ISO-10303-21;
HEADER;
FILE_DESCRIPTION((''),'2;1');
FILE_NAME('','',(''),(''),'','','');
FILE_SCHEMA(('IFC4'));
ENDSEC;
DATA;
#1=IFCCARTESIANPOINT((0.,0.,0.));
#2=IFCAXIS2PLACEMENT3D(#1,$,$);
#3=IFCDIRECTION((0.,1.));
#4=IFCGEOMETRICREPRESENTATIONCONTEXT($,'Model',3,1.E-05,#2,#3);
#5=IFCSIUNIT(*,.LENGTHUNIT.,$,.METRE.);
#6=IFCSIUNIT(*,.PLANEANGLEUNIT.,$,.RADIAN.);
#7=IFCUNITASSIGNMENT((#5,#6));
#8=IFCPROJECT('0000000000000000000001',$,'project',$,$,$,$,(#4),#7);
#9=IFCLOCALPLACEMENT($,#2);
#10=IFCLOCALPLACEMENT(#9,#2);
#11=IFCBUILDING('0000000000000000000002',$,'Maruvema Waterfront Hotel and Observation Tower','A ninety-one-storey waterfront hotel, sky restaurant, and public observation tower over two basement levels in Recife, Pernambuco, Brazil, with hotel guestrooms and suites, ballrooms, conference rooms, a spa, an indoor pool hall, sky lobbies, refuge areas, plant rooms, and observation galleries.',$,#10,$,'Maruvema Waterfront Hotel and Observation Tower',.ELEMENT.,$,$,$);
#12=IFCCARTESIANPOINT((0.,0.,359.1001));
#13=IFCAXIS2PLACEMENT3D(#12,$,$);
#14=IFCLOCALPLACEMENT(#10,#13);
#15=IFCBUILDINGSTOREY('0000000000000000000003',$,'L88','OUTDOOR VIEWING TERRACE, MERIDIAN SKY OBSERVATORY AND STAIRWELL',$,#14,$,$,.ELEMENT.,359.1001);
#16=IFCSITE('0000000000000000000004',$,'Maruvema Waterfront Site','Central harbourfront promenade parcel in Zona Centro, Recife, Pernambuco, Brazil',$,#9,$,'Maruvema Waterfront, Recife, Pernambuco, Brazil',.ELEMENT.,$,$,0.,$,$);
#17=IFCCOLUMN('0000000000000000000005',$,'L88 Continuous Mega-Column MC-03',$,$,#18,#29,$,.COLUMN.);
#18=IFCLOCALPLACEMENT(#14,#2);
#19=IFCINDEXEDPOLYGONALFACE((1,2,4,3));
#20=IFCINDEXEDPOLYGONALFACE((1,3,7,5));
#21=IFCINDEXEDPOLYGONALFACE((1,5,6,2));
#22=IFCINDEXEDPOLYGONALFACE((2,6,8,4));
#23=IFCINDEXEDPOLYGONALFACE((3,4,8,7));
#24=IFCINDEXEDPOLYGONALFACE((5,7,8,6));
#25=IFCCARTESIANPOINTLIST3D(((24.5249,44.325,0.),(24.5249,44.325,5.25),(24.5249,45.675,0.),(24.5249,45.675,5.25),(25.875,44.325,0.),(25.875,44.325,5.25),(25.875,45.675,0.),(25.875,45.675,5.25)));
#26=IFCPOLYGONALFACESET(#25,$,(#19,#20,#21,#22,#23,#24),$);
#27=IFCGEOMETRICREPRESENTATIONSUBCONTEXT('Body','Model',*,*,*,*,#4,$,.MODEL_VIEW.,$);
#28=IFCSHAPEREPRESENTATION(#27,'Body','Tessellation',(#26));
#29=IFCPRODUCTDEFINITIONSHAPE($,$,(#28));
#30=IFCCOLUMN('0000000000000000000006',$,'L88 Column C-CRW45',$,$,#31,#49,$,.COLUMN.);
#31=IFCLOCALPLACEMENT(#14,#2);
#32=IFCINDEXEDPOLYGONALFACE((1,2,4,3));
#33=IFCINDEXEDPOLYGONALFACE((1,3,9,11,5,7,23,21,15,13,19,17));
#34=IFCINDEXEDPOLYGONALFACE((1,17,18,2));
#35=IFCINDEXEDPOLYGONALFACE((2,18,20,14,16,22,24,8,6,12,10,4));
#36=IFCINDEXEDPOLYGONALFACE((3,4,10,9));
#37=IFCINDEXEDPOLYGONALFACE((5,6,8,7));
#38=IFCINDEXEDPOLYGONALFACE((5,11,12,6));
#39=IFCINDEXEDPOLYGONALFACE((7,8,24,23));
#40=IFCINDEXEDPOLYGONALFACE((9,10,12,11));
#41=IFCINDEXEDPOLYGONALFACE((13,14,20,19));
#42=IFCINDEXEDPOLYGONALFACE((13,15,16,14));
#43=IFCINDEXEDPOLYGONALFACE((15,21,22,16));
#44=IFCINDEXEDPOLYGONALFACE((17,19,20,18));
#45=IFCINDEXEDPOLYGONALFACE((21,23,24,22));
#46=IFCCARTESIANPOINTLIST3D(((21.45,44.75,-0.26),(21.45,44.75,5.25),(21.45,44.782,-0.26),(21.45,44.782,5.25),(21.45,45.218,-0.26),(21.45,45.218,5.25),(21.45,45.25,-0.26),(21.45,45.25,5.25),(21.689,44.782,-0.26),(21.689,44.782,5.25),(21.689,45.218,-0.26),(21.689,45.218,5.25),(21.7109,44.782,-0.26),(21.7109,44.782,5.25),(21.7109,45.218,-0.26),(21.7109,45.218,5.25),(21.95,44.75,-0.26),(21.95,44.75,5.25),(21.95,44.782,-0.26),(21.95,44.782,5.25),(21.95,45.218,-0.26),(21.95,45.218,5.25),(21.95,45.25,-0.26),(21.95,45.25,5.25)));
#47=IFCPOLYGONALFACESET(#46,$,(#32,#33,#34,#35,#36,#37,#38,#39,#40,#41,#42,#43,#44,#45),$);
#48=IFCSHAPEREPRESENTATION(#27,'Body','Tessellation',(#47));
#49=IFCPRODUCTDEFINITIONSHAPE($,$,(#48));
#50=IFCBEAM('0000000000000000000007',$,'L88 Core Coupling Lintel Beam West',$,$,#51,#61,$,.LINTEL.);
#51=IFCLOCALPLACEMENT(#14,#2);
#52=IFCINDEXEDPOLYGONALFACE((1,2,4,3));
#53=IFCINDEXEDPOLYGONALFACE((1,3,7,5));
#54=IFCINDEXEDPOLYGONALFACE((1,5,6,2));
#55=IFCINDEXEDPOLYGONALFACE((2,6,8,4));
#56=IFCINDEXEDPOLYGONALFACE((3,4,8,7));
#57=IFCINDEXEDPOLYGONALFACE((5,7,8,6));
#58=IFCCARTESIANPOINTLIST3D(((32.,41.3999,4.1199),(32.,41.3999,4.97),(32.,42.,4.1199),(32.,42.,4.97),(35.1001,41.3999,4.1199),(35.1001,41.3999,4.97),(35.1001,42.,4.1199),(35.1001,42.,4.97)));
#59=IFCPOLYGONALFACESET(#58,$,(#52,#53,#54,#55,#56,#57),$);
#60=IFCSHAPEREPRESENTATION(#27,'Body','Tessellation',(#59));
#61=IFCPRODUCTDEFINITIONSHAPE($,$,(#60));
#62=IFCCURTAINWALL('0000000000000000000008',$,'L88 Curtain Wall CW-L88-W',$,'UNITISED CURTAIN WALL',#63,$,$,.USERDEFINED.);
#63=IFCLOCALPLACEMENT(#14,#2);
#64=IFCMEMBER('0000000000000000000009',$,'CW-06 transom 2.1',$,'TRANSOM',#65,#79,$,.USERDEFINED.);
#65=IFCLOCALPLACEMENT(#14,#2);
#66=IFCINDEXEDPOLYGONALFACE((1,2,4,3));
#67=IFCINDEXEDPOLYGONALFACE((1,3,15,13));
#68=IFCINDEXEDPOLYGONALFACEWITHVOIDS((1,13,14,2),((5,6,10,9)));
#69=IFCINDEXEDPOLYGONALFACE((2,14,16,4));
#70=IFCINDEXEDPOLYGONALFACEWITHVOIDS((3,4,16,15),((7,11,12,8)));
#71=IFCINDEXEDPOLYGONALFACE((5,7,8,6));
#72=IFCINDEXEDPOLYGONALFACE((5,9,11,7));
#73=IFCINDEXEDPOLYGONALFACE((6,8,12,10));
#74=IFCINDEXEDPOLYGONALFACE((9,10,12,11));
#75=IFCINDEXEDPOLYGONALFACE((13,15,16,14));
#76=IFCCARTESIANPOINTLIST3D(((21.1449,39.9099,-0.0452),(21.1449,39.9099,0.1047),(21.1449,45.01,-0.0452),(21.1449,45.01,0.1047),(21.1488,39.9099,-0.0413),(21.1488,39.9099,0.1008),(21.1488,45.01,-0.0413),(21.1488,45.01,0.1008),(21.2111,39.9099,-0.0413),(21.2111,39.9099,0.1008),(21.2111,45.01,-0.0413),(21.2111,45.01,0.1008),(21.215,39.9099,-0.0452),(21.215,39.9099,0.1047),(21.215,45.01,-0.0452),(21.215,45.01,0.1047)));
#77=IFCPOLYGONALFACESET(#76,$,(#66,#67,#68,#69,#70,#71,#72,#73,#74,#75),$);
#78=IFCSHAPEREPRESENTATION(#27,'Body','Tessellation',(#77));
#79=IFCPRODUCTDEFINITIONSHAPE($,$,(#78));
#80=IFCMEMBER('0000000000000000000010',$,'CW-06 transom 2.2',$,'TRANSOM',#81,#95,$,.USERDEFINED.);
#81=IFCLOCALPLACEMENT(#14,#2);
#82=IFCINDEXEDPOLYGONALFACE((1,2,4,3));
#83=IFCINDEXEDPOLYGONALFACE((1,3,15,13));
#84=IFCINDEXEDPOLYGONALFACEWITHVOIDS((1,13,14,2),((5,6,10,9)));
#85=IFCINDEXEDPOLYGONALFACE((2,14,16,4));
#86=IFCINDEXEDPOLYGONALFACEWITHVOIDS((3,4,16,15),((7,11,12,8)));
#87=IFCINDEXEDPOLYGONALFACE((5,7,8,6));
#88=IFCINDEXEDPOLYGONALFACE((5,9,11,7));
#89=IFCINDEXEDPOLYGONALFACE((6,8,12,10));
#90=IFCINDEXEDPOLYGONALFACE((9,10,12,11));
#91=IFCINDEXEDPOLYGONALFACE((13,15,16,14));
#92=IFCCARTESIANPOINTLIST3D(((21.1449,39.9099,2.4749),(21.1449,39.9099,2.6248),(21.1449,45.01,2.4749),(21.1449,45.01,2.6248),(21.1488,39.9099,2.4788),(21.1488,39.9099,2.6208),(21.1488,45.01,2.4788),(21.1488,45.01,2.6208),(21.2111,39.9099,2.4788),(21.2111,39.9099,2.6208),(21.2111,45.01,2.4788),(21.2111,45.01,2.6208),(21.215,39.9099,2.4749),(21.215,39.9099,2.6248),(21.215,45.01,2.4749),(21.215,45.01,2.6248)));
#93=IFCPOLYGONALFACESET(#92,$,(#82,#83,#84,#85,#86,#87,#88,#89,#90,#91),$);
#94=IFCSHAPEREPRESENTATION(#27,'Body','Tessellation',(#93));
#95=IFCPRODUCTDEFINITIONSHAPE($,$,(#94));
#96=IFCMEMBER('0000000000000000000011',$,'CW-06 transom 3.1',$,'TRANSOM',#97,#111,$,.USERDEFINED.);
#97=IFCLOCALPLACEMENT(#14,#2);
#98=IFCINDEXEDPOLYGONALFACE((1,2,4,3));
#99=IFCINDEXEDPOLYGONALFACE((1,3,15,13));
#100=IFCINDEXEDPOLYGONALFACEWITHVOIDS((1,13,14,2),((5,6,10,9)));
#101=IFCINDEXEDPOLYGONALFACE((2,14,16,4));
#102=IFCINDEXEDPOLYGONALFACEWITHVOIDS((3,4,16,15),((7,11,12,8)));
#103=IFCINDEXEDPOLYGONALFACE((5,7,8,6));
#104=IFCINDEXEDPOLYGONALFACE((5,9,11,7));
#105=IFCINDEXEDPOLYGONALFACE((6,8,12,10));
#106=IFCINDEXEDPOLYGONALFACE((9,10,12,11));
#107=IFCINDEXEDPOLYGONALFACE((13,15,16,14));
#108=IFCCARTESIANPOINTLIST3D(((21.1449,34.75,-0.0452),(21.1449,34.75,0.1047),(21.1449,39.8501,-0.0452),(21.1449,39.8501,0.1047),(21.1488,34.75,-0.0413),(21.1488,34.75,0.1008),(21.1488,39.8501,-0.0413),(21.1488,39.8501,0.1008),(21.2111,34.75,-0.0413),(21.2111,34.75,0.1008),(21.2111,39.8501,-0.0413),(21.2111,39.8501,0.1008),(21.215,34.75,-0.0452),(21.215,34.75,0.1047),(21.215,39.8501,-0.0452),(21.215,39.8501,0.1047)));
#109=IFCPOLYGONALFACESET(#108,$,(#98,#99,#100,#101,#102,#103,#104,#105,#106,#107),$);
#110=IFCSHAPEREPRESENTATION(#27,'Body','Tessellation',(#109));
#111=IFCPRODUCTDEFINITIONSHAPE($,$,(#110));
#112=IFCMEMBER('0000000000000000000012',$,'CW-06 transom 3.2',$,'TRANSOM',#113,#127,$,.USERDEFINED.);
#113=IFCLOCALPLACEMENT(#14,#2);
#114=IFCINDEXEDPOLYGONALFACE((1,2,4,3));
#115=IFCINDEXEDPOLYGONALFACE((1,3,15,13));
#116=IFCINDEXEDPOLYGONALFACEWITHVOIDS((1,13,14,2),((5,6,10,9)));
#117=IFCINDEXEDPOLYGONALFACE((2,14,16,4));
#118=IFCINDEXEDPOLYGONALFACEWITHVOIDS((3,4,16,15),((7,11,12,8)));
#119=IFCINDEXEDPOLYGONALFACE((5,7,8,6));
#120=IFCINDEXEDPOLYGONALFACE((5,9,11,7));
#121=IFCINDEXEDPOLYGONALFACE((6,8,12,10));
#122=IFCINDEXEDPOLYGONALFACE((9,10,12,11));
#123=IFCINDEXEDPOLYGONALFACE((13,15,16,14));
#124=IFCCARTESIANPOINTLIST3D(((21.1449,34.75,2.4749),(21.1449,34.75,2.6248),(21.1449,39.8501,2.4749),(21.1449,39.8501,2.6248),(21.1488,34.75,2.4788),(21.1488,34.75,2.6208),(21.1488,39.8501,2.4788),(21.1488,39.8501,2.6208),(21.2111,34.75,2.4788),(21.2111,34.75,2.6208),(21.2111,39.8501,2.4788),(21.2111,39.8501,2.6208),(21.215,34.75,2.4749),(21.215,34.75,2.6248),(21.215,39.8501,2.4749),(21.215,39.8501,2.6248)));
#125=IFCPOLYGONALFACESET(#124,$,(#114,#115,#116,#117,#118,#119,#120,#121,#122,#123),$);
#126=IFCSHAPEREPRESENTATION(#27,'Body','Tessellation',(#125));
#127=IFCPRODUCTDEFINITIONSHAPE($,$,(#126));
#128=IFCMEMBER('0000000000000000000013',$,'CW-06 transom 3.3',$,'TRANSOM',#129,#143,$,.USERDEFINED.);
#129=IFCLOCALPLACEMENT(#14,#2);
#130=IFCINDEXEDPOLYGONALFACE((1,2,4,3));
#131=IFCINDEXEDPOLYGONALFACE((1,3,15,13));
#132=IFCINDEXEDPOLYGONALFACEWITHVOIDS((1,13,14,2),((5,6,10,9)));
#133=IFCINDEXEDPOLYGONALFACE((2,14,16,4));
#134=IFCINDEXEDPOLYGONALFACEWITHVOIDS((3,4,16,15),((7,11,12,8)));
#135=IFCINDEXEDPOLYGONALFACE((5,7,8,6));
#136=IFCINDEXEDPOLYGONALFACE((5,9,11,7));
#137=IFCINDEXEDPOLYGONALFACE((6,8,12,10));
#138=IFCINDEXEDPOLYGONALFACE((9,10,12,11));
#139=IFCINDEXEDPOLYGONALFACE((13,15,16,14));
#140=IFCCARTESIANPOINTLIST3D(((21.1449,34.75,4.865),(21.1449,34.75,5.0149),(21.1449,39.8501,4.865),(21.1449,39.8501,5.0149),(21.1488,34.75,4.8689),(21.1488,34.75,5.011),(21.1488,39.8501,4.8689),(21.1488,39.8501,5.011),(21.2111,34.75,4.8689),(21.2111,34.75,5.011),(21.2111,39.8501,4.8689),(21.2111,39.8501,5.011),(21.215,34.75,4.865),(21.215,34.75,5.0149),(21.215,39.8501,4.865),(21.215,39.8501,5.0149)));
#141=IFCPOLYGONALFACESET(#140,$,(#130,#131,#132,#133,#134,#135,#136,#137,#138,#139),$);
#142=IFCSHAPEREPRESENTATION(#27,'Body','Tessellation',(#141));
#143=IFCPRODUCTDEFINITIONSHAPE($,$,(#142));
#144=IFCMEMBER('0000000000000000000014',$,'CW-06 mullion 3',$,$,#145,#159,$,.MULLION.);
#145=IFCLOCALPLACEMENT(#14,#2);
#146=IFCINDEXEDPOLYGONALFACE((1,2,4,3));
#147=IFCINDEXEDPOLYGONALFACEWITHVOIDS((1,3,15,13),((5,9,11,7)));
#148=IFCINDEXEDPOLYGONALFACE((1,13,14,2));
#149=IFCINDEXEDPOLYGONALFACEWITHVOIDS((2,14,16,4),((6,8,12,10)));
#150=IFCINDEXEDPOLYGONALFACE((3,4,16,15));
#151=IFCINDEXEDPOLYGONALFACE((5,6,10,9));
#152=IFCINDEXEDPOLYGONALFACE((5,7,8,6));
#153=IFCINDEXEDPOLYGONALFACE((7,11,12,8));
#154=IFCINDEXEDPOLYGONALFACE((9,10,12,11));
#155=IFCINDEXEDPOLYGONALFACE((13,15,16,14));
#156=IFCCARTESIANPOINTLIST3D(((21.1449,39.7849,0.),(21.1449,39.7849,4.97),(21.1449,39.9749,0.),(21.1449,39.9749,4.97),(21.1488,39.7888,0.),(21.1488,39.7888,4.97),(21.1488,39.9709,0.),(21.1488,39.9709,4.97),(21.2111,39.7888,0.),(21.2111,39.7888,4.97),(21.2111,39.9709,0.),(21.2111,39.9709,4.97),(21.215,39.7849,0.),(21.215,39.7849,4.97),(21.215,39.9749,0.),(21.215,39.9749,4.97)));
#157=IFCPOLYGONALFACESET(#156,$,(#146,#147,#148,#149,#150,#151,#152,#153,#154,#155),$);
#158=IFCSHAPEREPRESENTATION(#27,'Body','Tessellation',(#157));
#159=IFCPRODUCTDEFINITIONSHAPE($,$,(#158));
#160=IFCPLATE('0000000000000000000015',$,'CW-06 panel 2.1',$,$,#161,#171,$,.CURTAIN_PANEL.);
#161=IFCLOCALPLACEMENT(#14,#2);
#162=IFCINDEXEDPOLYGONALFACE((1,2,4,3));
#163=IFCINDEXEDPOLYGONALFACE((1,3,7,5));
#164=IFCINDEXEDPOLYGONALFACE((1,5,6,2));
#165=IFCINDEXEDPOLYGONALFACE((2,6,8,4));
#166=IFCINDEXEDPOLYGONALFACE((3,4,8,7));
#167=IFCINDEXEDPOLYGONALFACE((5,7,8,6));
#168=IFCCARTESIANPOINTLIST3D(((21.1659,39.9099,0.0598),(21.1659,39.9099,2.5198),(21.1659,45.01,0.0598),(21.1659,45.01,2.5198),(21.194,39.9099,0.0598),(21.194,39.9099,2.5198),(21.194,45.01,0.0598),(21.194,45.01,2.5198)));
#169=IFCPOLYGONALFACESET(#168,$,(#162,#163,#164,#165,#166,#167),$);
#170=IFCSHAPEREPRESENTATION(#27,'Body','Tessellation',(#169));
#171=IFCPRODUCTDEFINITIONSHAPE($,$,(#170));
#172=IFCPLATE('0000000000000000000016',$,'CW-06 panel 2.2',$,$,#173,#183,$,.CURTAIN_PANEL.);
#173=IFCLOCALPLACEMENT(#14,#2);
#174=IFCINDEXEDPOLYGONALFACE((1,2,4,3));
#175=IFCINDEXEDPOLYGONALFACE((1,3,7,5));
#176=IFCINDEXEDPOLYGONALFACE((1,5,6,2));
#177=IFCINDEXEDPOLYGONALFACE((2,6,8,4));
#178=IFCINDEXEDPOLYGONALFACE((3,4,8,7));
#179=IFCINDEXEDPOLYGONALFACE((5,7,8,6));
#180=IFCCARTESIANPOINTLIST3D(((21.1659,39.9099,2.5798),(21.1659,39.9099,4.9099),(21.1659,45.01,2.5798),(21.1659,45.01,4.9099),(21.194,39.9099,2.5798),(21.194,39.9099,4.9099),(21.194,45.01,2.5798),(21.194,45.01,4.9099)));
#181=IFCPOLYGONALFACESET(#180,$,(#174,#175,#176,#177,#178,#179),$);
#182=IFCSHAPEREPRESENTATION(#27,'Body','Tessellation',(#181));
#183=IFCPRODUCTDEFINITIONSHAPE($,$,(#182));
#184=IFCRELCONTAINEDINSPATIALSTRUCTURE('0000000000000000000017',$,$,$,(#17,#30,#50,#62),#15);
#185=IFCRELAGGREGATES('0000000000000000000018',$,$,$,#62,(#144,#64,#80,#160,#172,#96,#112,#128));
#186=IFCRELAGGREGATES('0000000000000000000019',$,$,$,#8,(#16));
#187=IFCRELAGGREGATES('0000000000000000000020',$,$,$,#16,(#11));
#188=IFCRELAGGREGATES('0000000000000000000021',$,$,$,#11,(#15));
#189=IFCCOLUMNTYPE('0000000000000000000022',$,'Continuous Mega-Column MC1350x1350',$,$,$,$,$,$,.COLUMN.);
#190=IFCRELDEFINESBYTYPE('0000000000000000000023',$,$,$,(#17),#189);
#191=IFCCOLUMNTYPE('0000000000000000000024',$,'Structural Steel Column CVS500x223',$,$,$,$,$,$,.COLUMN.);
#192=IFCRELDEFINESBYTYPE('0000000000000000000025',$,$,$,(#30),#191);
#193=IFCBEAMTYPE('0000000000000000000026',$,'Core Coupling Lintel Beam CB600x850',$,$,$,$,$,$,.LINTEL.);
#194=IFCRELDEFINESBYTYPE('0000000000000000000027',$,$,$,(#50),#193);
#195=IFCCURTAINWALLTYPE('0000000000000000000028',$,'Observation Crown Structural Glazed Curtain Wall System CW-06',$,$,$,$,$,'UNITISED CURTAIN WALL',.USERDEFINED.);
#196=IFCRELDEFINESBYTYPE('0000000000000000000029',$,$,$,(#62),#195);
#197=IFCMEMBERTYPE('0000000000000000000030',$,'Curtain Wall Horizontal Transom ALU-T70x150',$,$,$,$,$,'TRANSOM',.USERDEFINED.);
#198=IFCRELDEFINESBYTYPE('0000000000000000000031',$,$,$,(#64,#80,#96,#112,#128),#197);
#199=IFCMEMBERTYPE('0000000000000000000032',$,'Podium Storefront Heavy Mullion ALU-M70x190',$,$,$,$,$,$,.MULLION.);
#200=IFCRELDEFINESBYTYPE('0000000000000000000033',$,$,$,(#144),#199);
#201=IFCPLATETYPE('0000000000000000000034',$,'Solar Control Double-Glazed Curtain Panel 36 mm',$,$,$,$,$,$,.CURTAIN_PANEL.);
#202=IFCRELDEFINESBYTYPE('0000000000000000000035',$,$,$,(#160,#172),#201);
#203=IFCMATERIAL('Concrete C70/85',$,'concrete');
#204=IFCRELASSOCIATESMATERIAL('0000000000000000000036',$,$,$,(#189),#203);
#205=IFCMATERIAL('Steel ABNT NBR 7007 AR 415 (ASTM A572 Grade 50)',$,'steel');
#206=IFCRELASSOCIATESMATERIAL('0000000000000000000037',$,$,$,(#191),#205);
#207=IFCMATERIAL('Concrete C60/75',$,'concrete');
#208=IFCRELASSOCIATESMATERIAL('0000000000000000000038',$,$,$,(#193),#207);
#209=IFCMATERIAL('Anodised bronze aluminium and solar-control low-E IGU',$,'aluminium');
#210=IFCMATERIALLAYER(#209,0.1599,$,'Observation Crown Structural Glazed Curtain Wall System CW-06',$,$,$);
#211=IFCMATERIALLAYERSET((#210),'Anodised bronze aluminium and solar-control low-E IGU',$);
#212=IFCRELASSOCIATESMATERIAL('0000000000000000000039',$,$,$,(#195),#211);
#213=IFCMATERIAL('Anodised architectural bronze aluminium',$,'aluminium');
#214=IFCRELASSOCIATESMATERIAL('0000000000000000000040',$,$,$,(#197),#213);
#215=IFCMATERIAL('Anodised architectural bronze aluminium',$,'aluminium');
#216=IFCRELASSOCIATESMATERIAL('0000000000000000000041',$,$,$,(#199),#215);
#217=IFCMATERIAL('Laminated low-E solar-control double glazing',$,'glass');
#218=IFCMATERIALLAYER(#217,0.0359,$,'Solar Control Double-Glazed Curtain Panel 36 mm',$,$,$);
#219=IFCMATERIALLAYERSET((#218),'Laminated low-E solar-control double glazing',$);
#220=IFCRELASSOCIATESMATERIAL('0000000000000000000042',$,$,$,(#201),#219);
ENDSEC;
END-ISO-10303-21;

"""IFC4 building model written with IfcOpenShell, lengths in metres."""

from ifc_helpers import new_model, si_unit, direction, frame, origin, origin_2d, place, context, subcontext, project, spatial, rectangle, hollow_rectangle, i_section, extrude, material, layer, layer_set, material_profile, profile_set, type_object, element, aggregate, save


model = new_model("IFC4")

# Units and contexts
model_context = context("Model", 3, precision=1e-05, world=origin(), true_north=direction((0.0, 1.0)))
body_context = subcontext(model_context, "Body", "Model", "MODEL_VIEW")
ifc_project = project(units=[si_unit("LENGTHUNIT", "METRE"), si_unit("PLANEANGLEUNIT", "RADIAN")], contexts=[model_context])

# Site, building, storey
site_placement = place(None, origin())
site = spatial("IfcSite", under=ifc_project, at=site_placement, Name="Maruvema Waterfront Site", Description="Central harbourfront promenade parcel in Zona Centro, Recife, Pernambuco, Brazil", LongName="Maruvema Waterfront, Recife, Pernambuco, Brazil", CompositionType="ELEMENT", RefElevation=0.0)
building_placement = place(site_placement, origin())
building = spatial("IfcBuilding", under=site, at=building_placement, Name="Maruvema Waterfront Hotel and Observation Tower", Description="A ninety-one-storey waterfront hotel, sky restaurant, and public observation tower over two basement levels in Recife, Pernambuco, Brazil, with hotel guestrooms and suites, ballrooms, conference rooms, a spa, an indoor pool hall, sky lobbies, refuge areas, plant rooms, and observation galleries.", LongName="Maruvema Waterfront Hotel and Observation Tower", CompositionType="ELEMENT")
storey_placement = place(building_placement, frame((0.0, 0.0, 359.1001)))
storey = spatial("IfcBuildingStorey", under=building, at=storey_placement, Name="L88", Description="OUTDOOR VIEWING TERRACE, MERIDIAN SKY OBSERVATORY AND STAIRWELL", CompositionType="ELEMENT", Elevation=359.1001)

# Columns
ifc_material_1 = material(Name="Concrete C70/85", Category="concrete")
ifc_material_profile_1 = material_profile(ifc_material_1, rectangle(XDim=1.3501, YDim=1.3501, at=origin_2d()), Name="MC1350x1350")
ifc_profile_set_1 = profile_set([ifc_material_profile_1], Name="Concrete C70/85")
column_type_1 = type_object("IfcColumnType", Name="Continuous Mega-Column MC1350x1350", PredefinedType="COLUMN", material=ifc_profile_set_1)
column_1_placement = place(storey_placement, frame((25.2, 45.0, 0.0), z_axis=(0.0, 0.0, 1.0), x_axis=(1.0, 0.0, 0.0)))
element("IfcColumn", 1, at=column_1_placement, inside=storey, type_object=column_type_1, Name="L88 Continuous Mega-Column MC-03", PredefinedType="COLUMN", context=body_context, shape_type="SweptSolid", body=[
    extrude(rectangle(XDim=1.3501, YDim=1.3501, at=origin_2d()), origin(), (0.0, 0.0, 1.0), 5.25),
])
ifc_material_2 = material(Name="Steel ABNT NBR 7007 AR 415 (ASTM A572 Grade 50)", Category="steel")
ifc_material_profile_2 = material_profile(ifc_material_2, i_section(OverallWidth=0.5, OverallDepth=0.5, WebThickness=0.022, FlangeThickness=0.032, at=origin_2d()), Name="CVS500x223")
ifc_profile_set_2 = profile_set([ifc_material_profile_2], Name="Steel ABNT NBR 7007 AR 415 (ASTM A572 Grade 50)")
column_type_2 = type_object("IfcColumnType", Name="Structural Steel Column CVS500x223", PredefinedType="COLUMN", material=ifc_profile_set_2)
column_2_placement = place(storey_placement, frame((21.7, 45.0, -0.26), z_axis=(0.0, 0.0, 1.0), x_axis=(1.0, 0.0, 0.0)))
element("IfcColumn", 2, at=column_2_placement, inside=storey, type_object=column_type_2, Name="L88 Column C-CRW45", PredefinedType="COLUMN", context=body_context, shape_type="SweptSolid", body=[
    extrude(i_section(OverallWidth=0.5, OverallDepth=0.5, WebThickness=0.022, FlangeThickness=0.032, at=origin_2d()), origin(), (0.0, 0.0, 1.0), 5.51),
])

# Beam
ifc_material_3 = material(Name="Concrete C60/75", Category="concrete")
ifc_material_profile_3 = material_profile(ifc_material_3, rectangle(XDim=0.6001, YDim=0.8501, at=origin_2d()), Name="CB600x850")
ifc_profile_set_3 = profile_set([ifc_material_profile_3], Name="Concrete C60/75")
beam_type = type_object("IfcBeamType", Name="Core Coupling Lintel Beam CB600x850", PredefinedType="LINTEL", material=ifc_profile_set_3)
beam_placement = place(storey_placement, frame((32.0, 41.7, 4.5449), z_axis=(1.0, 0.0, 0.0), x_axis=(0.0, 1.0, 0.0)))
element("IfcBeam", 3, at=beam_placement, inside=storey, type_object=beam_type, Name="L88 Core Coupling Lintel Beam West", PredefinedType="LINTEL", context=body_context, shape_type="SweptSolid", body=[
    extrude(rectangle(XDim=0.6001, YDim=0.8501, at=origin_2d()), origin(), (0.0, 0.0, 1.0), 3.1001),
])

# Curtain wall, members, plates
ifc_material_4 = material(Name="Anodised bronze aluminium and solar-control low-E IGU", Category="aluminium")
ifc_layer_1 = layer(ifc_material_4, 0.1599, Name="Observation Crown Structural Glazed Curtain Wall System CW-06")
ifc_layer_set_1 = layer_set([ifc_layer_1], Name="Anodised bronze aluminium and solar-control low-E IGU")
curtain_wall_type = type_object("IfcCurtainWallType", Name="Observation Crown Structural Glazed Curtain Wall System CW-06", ElementType="UNITISED CURTAIN WALL", PredefinedType="USERDEFINED", material=ifc_layer_set_1)
curtain_wall_placement = place(storey_placement, origin())
curtain_wall = element("IfcCurtainWall", 4, at=curtain_wall_placement, inside=storey, type_object=curtain_wall_type, Name="L88 Curtain Wall CW-L88-W", ObjectType="UNITISED CURTAIN WALL", PredefinedType="USERDEFINED")
ifc_material_5 = material(Name="Anodised architectural bronze aluminium", Category="aluminium")
ifc_material_profile_4 = material_profile(ifc_material_5, hollow_rectangle(XDim=0.0701, YDim=0.1499, WallThickness=0.0039, at=origin_2d()), Name="ALU-T70x150")
ifc_profile_set_4 = profile_set([ifc_material_profile_4], Name="Anodised architectural bronze aluminium")
member_type_1 = type_object("IfcMemberType", Name="Curtain Wall Horizontal Transom ALU-T70x150", ElementType="TRANSOM", PredefinedType="USERDEFINED", material=ifc_profile_set_4)
member_1_placement = place(storey_placement, frame((21.1799, 45.01, 0.0298), z_axis=(0.0, -1.0, 0.0), x_axis=(1.0, 0.0, 0.0)))
member_1 = element("IfcMember", 5, at=member_1_placement, type_object=member_type_1, Name="CW-06 transom 2.1", ObjectType="TRANSOM", PredefinedType="USERDEFINED", context=body_context, shape_type="SweptSolid", body=[
    extrude(hollow_rectangle(XDim=0.0701, YDim=0.1499, WallThickness=0.0039, at=origin_2d()), origin(), (0.0, 0.0, 1.0), 5.1001),
])
member_2_placement = place(storey_placement, frame((21.1799, 45.01, 2.5498), z_axis=(0.0, -1.0, 0.0), x_axis=(1.0, 0.0, 0.0)))
member_2 = element("IfcMember", 6, at=member_2_placement, type_object=member_type_1, Name="CW-06 transom 2.2", ObjectType="TRANSOM", PredefinedType="USERDEFINED", context=body_context, shape_type="SweptSolid", body=[
    extrude(hollow_rectangle(XDim=0.0701, YDim=0.1499, WallThickness=0.0039, at=origin_2d()), origin(), (0.0, 0.0, 1.0), 5.1001),
])
member_3_placement = place(storey_placement, frame((21.1799, 39.8501, 0.0298), z_axis=(0.0, -1.0, 0.0), x_axis=(1.0, 0.0, 0.0)))
member_3 = element("IfcMember", 7, at=member_3_placement, type_object=member_type_1, Name="CW-06 transom 3.1", ObjectType="TRANSOM", PredefinedType="USERDEFINED", context=body_context, shape_type="SweptSolid", body=[
    extrude(hollow_rectangle(XDim=0.0701, YDim=0.1499, WallThickness=0.0039, at=origin_2d()), origin(), (0.0, 0.0, 1.0), 5.1001),
])
member_4_placement = place(storey_placement, frame((21.1799, 39.8501, 2.5498), z_axis=(0.0, -1.0, 0.0), x_axis=(1.0, 0.0, 0.0)))
member_4 = element("IfcMember", 8, at=member_4_placement, type_object=member_type_1, Name="CW-06 transom 3.2", ObjectType="TRANSOM", PredefinedType="USERDEFINED", context=body_context, shape_type="SweptSolid", body=[
    extrude(hollow_rectangle(XDim=0.0701, YDim=0.1499, WallThickness=0.0039, at=origin_2d()), origin(), (0.0, 0.0, 1.0), 5.1001),
])
member_5_placement = place(storey_placement, frame((21.1799, 39.8501, 4.9399), z_axis=(0.0, -1.0, 0.0), x_axis=(1.0, 0.0, 0.0)))
member_5 = element("IfcMember", 9, at=member_5_placement, type_object=member_type_1, Name="CW-06 transom 3.3", ObjectType="TRANSOM", PredefinedType="USERDEFINED", context=body_context, shape_type="SweptSolid", body=[
    extrude(hollow_rectangle(XDim=0.0701, YDim=0.1499, WallThickness=0.0039, at=origin_2d()), origin(), (0.0, 0.0, 1.0), 5.1001),
])
ifc_material_6 = material(Name="Anodised architectural bronze aluminium", Category="aluminium")
ifc_material_profile_5 = material_profile(ifc_material_6, hollow_rectangle(XDim=0.0701, YDim=0.1899, WallThickness=0.0039, at=origin_2d()), Name="ALU-M70x190")
ifc_profile_set_5 = profile_set([ifc_material_profile_5], Name="Anodised architectural bronze aluminium")
member_type_2 = type_object("IfcMemberType", Name="Podium Storefront Heavy Mullion ALU-M70x190", PredefinedType="MULLION", material=ifc_profile_set_5)
member_6_placement = place(storey_placement, frame((21.1799, 39.8799, 0.0), z_axis=(0.0, 0.0, 1.0), x_axis=(1.0, 0.0, 0.0)))
member_6 = element("IfcMember", 10, at=member_6_placement, type_object=member_type_2, Name="CW-06 mullion 3", PredefinedType="MULLION", context=body_context, shape_type="SweptSolid", body=[
    extrude(hollow_rectangle(XDim=0.0701, YDim=0.1899, WallThickness=0.0039, at=origin_2d()), origin(), (0.0, 0.0, 1.0), 4.97),
])
ifc_material_7 = material(Name="Laminated low-E solar-control double glazing", Category="glass")
ifc_layer_2 = layer(ifc_material_7, 0.0359, Name="Solar Control Double-Glazed Curtain Panel 36 mm")
ifc_layer_set_2 = layer_set([ifc_layer_2], Name="Laminated low-E solar-control double glazing")
plate_type = type_object("IfcPlateType", Name="Solar Control Double-Glazed Curtain Panel 36 mm", PredefinedType="CURTAIN_PANEL", material=ifc_layer_set_2)
plate_1_placement = place(storey_placement, frame((21.1799, 42.46, 0.0598), z_axis=(0.0, 0.0, 1.0), x_axis=(0.0, -1.0, 0.0)))
plate_1 = element("IfcPlate", 11, at=plate_1_placement, type_object=plate_type, Name="CW-06 panel 2.1", PredefinedType="CURTAIN_PANEL", context=body_context, shape_type="SweptSolid", body=[
    extrude(rectangle(XDim=5.1001, YDim=0.0281, at=origin_2d()), origin(), (0.0, 0.0, 1.0), 2.46),
])
plate_2_placement = place(storey_placement, frame((21.1799, 42.46, 2.5798), z_axis=(0.0, 0.0, 1.0), x_axis=(0.0, -1.0, 0.0)))
plate_2 = element("IfcPlate", 12, at=plate_2_placement, type_object=plate_type, Name="CW-06 panel 2.2", PredefinedType="CURTAIN_PANEL", context=body_context, shape_type="SweptSolid", body=[
    extrude(rectangle(XDim=5.1001, YDim=0.0281, at=origin_2d()), origin(), (0.0, 0.0, 1.0), 2.3301),
])
aggregate(curtain_wall, [member_6, member_1, member_2, plate_1, plate_2, member_3, member_4, member_5])

save(model, "model.ifc")
